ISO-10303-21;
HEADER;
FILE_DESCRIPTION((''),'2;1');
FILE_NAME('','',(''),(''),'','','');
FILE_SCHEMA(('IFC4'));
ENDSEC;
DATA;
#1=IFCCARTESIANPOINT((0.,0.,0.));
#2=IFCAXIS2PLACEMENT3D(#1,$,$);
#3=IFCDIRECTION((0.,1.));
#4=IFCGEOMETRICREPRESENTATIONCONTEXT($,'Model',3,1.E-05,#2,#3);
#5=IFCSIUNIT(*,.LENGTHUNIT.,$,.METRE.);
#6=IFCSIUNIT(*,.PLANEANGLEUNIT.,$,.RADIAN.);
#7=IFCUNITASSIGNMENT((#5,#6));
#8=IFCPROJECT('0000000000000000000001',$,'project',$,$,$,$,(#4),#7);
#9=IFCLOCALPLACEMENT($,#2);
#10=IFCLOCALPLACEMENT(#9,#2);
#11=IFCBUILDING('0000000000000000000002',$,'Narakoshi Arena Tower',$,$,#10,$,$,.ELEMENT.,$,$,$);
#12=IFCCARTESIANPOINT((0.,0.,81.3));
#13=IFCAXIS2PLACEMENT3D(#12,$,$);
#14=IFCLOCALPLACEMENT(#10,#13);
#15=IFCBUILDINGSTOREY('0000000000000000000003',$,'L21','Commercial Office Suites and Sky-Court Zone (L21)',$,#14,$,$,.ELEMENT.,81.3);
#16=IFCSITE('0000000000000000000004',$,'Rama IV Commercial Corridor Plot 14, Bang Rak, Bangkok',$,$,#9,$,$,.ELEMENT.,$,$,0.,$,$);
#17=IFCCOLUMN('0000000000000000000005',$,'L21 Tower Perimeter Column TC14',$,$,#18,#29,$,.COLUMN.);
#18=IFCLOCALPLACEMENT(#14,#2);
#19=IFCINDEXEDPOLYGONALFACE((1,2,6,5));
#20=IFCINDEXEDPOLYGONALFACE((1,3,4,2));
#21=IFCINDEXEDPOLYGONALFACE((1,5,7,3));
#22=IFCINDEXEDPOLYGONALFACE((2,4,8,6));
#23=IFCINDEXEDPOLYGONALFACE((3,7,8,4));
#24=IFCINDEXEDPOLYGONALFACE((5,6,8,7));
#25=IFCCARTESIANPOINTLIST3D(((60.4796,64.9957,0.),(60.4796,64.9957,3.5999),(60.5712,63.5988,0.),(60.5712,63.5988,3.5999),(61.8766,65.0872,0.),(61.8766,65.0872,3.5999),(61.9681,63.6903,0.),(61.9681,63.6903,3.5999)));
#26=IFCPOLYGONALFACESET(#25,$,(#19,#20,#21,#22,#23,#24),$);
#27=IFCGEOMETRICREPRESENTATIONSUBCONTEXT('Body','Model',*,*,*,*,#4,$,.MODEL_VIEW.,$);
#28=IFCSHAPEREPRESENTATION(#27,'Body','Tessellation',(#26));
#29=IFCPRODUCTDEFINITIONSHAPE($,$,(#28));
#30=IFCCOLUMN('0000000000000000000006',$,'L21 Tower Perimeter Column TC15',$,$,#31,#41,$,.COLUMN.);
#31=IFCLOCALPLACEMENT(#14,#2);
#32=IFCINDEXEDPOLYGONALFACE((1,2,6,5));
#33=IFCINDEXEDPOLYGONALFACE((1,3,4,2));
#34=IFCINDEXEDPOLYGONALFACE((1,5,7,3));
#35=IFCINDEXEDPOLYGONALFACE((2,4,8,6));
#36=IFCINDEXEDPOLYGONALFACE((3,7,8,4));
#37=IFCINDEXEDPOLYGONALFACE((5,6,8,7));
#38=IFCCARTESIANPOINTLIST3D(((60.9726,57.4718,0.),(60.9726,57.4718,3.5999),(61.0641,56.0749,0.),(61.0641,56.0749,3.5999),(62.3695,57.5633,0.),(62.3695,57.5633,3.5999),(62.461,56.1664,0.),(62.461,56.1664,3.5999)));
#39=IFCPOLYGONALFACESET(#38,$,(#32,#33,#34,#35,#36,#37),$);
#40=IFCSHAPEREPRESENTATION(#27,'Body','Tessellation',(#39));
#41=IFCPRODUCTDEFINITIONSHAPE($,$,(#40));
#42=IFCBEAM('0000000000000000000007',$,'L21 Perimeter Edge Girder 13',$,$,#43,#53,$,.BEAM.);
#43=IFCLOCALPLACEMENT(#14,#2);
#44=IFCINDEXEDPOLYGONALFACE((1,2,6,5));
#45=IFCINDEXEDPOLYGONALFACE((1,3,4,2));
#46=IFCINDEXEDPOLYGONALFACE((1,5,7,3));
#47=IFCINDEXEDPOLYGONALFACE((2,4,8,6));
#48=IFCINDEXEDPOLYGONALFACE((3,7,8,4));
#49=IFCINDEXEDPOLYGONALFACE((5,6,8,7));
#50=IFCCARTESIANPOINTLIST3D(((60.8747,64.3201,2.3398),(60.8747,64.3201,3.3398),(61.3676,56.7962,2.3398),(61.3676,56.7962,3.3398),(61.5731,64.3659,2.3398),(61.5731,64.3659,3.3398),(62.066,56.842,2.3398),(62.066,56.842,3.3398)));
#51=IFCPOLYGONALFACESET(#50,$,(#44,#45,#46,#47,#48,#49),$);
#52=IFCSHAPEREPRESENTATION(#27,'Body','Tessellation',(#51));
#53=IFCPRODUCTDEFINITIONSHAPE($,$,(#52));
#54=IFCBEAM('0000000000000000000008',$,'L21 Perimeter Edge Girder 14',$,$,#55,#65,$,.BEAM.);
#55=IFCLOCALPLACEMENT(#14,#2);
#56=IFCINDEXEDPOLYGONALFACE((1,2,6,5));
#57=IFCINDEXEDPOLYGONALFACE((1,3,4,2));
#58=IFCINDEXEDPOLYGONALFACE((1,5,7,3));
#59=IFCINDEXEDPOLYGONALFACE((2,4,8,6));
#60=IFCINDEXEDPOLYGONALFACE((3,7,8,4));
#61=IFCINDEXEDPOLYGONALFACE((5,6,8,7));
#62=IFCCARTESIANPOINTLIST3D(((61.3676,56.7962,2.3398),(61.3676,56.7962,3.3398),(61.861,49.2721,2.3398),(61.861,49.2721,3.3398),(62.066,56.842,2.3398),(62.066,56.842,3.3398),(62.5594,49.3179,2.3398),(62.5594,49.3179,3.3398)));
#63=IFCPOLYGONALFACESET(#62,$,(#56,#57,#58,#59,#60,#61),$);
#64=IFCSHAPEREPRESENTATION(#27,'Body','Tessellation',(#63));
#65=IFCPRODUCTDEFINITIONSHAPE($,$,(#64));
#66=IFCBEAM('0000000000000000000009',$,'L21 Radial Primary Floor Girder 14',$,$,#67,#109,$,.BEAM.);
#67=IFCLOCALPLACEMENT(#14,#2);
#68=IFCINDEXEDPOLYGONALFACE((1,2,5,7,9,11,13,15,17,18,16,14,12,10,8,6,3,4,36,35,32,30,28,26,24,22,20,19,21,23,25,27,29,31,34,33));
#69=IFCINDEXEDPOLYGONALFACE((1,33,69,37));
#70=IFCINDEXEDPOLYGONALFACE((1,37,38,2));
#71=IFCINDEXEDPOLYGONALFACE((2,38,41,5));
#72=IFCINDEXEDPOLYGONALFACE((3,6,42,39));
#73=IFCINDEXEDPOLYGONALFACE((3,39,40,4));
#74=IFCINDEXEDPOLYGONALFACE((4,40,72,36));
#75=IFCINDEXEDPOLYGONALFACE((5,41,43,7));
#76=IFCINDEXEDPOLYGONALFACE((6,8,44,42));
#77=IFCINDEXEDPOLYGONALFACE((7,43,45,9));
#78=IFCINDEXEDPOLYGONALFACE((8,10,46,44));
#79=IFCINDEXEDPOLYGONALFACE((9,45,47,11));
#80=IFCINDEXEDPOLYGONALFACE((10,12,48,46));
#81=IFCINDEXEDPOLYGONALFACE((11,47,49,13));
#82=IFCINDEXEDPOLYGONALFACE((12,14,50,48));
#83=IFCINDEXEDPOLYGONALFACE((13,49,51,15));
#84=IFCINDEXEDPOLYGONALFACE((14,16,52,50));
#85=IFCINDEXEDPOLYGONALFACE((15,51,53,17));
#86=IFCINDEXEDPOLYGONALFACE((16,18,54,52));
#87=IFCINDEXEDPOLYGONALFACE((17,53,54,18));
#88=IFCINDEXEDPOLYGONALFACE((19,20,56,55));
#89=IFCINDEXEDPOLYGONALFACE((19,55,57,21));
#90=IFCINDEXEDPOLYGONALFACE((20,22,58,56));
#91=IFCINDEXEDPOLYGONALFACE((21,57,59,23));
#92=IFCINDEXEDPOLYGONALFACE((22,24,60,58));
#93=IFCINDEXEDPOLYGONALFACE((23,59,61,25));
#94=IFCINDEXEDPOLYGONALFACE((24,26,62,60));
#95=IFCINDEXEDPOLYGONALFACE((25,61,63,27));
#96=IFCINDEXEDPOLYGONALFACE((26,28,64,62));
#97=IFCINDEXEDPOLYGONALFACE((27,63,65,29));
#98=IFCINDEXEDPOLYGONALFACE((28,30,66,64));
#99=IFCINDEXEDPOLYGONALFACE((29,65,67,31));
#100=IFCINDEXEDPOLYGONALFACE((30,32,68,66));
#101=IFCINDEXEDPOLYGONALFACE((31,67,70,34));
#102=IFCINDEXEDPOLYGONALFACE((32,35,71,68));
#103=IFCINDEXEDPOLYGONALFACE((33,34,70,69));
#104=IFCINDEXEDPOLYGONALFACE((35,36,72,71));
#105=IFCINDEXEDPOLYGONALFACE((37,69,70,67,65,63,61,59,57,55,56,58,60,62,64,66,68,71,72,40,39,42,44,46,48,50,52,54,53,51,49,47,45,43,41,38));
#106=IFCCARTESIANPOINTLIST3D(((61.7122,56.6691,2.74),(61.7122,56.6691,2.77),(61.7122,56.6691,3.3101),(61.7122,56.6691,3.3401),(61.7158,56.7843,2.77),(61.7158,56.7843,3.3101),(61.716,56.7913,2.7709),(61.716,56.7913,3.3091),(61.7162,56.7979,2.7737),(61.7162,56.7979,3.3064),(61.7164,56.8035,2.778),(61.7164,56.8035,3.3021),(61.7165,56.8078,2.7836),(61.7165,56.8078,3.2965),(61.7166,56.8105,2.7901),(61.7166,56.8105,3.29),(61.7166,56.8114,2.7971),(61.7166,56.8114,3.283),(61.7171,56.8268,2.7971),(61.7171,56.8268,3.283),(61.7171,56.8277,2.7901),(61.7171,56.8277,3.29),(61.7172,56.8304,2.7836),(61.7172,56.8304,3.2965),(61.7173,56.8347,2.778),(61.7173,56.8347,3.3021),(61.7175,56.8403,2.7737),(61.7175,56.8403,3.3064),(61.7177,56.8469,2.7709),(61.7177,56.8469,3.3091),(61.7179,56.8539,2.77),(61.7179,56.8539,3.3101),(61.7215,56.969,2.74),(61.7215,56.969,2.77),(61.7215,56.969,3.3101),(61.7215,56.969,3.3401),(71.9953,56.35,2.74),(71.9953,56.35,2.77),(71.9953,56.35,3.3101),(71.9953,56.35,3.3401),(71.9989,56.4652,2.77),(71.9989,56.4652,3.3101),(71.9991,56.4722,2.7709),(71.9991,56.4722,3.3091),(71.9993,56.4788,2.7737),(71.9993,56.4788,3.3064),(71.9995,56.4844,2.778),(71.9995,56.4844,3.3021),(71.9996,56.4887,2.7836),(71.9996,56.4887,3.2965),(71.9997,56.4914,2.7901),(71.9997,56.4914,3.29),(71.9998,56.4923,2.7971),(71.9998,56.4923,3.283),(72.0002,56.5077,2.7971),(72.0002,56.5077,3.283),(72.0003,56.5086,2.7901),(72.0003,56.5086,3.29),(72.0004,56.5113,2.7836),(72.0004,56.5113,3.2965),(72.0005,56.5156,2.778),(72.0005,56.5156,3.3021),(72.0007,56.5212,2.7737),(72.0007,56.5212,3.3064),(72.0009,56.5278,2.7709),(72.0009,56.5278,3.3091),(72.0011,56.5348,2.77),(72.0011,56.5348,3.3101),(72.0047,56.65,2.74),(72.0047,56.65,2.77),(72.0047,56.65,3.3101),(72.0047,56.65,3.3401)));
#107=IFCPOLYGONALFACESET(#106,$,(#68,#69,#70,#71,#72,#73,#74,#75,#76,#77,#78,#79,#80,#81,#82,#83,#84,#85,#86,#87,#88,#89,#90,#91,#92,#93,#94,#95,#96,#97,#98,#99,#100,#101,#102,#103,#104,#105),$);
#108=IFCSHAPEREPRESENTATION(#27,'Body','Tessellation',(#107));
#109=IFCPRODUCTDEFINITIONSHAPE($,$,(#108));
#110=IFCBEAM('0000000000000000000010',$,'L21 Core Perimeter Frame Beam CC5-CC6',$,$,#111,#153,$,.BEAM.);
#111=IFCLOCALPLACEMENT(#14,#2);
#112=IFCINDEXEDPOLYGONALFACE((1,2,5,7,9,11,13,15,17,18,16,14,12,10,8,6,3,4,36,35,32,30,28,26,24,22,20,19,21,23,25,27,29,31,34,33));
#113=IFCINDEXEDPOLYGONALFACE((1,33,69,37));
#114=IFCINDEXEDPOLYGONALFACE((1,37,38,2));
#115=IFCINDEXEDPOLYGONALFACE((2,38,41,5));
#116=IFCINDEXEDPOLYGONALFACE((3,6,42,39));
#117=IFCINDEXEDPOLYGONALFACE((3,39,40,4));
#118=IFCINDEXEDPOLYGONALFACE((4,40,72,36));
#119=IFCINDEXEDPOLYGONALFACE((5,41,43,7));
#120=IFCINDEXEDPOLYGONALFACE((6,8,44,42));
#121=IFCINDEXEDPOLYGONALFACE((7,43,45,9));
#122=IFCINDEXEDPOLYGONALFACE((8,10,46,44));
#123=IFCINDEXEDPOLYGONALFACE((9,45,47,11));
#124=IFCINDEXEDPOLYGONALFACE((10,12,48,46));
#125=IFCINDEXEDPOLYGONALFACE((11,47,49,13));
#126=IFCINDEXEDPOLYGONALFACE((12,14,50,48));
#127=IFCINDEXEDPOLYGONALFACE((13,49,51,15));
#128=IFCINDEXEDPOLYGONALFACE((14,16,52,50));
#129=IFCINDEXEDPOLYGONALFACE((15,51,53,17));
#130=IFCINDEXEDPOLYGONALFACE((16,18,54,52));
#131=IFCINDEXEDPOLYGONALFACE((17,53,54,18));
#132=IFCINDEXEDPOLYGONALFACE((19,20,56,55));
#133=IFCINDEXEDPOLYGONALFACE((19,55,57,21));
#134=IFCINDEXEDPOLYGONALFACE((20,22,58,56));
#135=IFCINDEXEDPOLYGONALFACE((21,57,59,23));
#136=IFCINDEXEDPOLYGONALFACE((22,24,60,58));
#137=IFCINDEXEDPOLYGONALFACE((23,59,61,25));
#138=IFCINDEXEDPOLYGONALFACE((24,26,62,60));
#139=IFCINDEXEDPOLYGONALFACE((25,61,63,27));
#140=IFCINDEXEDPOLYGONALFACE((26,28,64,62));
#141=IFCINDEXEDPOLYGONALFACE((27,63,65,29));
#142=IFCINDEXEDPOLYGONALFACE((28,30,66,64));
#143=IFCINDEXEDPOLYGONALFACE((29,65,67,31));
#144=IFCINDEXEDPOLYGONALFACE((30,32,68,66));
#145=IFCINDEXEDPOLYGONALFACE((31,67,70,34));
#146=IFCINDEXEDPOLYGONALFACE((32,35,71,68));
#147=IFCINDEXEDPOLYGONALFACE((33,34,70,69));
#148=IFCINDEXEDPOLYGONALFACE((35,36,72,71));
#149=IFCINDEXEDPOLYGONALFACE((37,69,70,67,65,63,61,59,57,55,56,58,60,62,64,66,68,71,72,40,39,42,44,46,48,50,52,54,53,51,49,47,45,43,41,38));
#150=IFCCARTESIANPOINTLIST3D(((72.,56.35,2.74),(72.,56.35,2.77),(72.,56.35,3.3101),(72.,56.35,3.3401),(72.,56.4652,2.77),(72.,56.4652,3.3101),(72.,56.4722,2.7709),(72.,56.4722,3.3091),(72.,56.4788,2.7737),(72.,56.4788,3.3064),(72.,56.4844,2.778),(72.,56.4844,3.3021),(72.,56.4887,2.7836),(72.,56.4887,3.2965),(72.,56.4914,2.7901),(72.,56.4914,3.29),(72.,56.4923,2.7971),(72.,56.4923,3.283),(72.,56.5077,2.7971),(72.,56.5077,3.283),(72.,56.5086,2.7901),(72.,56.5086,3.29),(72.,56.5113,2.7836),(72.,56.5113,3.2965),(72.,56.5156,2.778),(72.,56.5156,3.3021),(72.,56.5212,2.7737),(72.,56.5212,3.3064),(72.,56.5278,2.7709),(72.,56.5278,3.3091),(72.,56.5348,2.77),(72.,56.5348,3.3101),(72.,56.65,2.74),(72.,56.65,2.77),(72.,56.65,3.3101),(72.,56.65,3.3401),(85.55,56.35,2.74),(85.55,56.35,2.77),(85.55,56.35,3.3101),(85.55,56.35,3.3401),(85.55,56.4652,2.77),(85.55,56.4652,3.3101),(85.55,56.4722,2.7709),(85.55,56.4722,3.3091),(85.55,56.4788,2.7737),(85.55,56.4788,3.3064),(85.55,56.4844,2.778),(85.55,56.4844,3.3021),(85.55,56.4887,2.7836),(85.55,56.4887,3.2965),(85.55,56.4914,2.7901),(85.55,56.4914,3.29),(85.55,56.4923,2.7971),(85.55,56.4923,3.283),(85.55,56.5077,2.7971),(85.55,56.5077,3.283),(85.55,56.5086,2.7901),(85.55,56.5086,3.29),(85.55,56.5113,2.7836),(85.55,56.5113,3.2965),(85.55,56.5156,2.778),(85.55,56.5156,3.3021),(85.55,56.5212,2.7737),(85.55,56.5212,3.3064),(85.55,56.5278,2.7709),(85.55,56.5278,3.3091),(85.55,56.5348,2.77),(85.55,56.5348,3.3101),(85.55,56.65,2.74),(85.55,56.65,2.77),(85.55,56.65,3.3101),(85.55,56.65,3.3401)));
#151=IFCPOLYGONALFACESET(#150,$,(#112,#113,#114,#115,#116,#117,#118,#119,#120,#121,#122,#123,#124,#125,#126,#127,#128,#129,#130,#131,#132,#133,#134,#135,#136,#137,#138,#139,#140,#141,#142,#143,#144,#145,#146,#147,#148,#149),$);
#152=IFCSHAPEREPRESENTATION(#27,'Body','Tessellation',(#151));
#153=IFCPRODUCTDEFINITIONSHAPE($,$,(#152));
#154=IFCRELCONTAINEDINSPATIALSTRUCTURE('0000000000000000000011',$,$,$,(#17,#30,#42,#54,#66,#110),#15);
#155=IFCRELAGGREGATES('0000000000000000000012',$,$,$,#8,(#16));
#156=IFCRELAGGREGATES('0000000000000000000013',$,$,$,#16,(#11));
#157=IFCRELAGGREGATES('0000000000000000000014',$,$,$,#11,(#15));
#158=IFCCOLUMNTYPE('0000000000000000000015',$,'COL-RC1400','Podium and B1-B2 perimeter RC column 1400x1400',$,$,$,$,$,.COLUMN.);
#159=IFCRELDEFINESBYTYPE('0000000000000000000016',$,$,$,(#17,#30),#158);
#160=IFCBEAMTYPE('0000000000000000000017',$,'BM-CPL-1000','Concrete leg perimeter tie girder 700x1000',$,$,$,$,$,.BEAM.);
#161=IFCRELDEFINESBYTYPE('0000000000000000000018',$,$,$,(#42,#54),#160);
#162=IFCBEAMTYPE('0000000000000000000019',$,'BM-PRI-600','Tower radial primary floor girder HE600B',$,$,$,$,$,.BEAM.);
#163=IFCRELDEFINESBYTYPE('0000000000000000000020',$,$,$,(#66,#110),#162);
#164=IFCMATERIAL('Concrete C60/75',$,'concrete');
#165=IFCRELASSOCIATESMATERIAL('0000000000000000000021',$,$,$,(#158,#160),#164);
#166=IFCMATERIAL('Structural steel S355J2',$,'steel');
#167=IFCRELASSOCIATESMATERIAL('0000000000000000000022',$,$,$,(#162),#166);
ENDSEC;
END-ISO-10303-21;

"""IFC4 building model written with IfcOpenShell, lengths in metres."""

from ifc_helpers import new_model, si_unit, direction, frame, origin, origin_2d, place, context, subcontext, project, spatial, rectangle, i_section, extrude, material, material_profile, profile_set, type_object, element, save


model = new_model("IFC4")

# Units and contexts
model_context = context("Model", 3, precision=1e-05, world=origin(), true_north=direction((0.0, 1.0)))
body_context = subcontext(model_context, "Body", "Model", "MODEL_VIEW")
ifc_project = project(units=[si_unit("LENGTHUNIT", "METRE"), si_unit("PLANEANGLEUNIT", "RADIAN")], contexts=[model_context])

# Site, building, storey
site_placement = place(None, origin())
site = spatial("IfcSite", under=ifc_project, at=site_placement, Name="Rama IV Commercial Corridor Plot 14, Bang Rak, Bangkok", CompositionType="ELEMENT", RefElevation=0.0)
building_placement = place(site_placement, origin())
building = spatial("IfcBuilding", under=site, at=building_placement, Name="Narakoshi Arena Tower", CompositionType="ELEMENT")
storey_placement = place(building_placement, frame((0.0, 0.0, 81.3)))
storey = spatial("IfcBuildingStorey", under=building, at=storey_placement, Name="L21", Description="Commercial Office Suites and Sky-Court Zone (L21)", CompositionType="ELEMENT", Elevation=81.3)

# Columns
ifc_material_1 = material(Name="Concrete C60/75", Category="concrete")
ifc_material_profile_1 = material_profile(ifc_material_1, rectangle(XDim=1.3999, YDim=1.3999, at=origin_2d()), Name="RC1400x1400")
ifc_profile_set_1 = profile_set([ifc_material_profile_1], Name="Concrete C60/75")
column_type = type_object("IfcColumnType", Name="COL-RC1400", Description="Podium and B1-B2 perimeter RC column 1400x1400", PredefinedType="COLUMN", material=ifc_profile_set_1)
for number, where, z_axis, x_axis, name in (
    (1, (61.2239, 64.343, 0.0), (0.0, 0.0, 1.0), (-0.065403, 0.997859, 0.0), "L21 Tower Perimeter Column TC14"),
    (2, (61.7168, 56.8191, 0.0), (0.0, 0.0, 1.0), (-0.065403, 0.997859, 0.0), "L21 Tower Perimeter Column TC15"),
):
    element("IfcColumn", number, at=place(storey_placement, frame(where, z_axis=z_axis, x_axis=x_axis)), inside=storey, type_object=column_type, Name=name, PredefinedType="COLUMN", context=body_context, shape_type="SweptSolid", body=[
        extrude(rectangle(XDim=1.3999, YDim=1.3999, at=origin_2d()), origin(), (0.0, 0.0, 1.0), 3.5999),
    ])

# Beams
ifc_material_profile_2 = material_profile(ifc_material_1, rectangle(XDim=0.7, YDim=1.0, at=origin_2d()), Name="RCB700x1000")
ifc_profile_set_2 = profile_set([ifc_material_profile_2], Name="Concrete C60/75")
beam_type_1 = type_object("IfcBeamType", Name="BM-CPL-1000", Description="Concrete leg perimeter tie girder 700x1000", PredefinedType="BEAM", material=ifc_profile_set_2)
beam_1_placement = place(storey_placement, frame((61.2239, 64.343, 2.8398), z_axis=(0.065374, -0.997861, 0.0), x_axis=(0.997861, 0.065374, 0.0)))
element("IfcBeam", 3, at=beam_1_placement, inside=storey, type_object=beam_type_1, Name="L21 Perimeter Edge Girder 13", PredefinedType="BEAM", context=body_context, shape_type="SweptSolid", body=[
    extrude(rectangle(XDim=0.7, YDim=1.0, at=origin_2d()), origin(), (0.0, 0.0, 1.0), 7.54),
])
beam_2_placement = place(storey_placement, frame((61.7168, 56.8191, 2.8398), z_axis=(0.065436, -0.997857, 0.0), x_axis=(0.997857, 0.065436, 0.0)))
element("IfcBeam", 4, at=beam_2_placement, inside=storey, type_object=beam_type_1, Name="L21 Perimeter Edge Girder 14", PredefinedType="BEAM", context=body_context, shape_type="SweptSolid", body=[
    extrude(rectangle(XDim=0.7, YDim=1.0, at=origin_2d()), origin(), (0.0, 0.0, 1.0), 7.5403),
])
ifc_material_2 = material(Name="Structural steel S355J2", Category="steel")
ifc_material_profile_3 = material_profile(ifc_material_2, i_section(OverallWidth=0.3, OverallDepth=0.6001, WebThickness=0.0154, FlangeThickness=0.03, FilletRadius=0.0271, at=origin_2d()), Name="HE600B")
ifc_profile_set_3 = profile_set([ifc_material_profile_3], Name="Structural steel S355J2")
beam_type_2 = type_object("IfcBeamType", Name="BM-PRI-600", Description="Tower radial primary floor girder HE600B", PredefinedType="BEAM", material=ifc_profile_set_3)
beam_3_placement = place(storey_placement, frame((72.0, 56.5, 3.04), z_axis=(-0.999519, 0.031015, 0.0), x_axis=(-0.031015, -0.999519, 0.0)))
element("IfcBeam", 5, at=beam_3_placement, inside=storey, type_object=beam_type_2, Name="L21 Radial Primary Floor Girder 14", PredefinedType="BEAM", context=body_context, shape_type="SweptSolid", body=[
    extrude(i_section(OverallWidth=0.3, OverallDepth=0.6001, WebThickness=0.0154, FlangeThickness=0.03, FilletRadius=0.0271, at=origin_2d()), origin(), (0.0, 0.0, 1.0), 10.2881),
])
beam_4_placement = place(storey_placement, frame((72.0, 56.5, 3.04), z_axis=(1.0, 0.0, 0.0), x_axis=(0.0, 1.0, 0.0)))
element("IfcBeam", 6, at=beam_4_placement, inside=storey, type_object=beam_type_2, Name="L21 Core Perimeter Frame Beam CC5-CC6", PredefinedType="BEAM", context=body_context, shape_type="SweptSolid", body=[
    extrude(i_section(OverallWidth=0.3, OverallDepth=0.6001, WebThickness=0.0154, FlangeThickness=0.03, FilletRadius=0.0271, at=origin_2d()), origin(), (0.0, 0.0, 1.0), 13.55),
])

save(model, "model.ifc")
